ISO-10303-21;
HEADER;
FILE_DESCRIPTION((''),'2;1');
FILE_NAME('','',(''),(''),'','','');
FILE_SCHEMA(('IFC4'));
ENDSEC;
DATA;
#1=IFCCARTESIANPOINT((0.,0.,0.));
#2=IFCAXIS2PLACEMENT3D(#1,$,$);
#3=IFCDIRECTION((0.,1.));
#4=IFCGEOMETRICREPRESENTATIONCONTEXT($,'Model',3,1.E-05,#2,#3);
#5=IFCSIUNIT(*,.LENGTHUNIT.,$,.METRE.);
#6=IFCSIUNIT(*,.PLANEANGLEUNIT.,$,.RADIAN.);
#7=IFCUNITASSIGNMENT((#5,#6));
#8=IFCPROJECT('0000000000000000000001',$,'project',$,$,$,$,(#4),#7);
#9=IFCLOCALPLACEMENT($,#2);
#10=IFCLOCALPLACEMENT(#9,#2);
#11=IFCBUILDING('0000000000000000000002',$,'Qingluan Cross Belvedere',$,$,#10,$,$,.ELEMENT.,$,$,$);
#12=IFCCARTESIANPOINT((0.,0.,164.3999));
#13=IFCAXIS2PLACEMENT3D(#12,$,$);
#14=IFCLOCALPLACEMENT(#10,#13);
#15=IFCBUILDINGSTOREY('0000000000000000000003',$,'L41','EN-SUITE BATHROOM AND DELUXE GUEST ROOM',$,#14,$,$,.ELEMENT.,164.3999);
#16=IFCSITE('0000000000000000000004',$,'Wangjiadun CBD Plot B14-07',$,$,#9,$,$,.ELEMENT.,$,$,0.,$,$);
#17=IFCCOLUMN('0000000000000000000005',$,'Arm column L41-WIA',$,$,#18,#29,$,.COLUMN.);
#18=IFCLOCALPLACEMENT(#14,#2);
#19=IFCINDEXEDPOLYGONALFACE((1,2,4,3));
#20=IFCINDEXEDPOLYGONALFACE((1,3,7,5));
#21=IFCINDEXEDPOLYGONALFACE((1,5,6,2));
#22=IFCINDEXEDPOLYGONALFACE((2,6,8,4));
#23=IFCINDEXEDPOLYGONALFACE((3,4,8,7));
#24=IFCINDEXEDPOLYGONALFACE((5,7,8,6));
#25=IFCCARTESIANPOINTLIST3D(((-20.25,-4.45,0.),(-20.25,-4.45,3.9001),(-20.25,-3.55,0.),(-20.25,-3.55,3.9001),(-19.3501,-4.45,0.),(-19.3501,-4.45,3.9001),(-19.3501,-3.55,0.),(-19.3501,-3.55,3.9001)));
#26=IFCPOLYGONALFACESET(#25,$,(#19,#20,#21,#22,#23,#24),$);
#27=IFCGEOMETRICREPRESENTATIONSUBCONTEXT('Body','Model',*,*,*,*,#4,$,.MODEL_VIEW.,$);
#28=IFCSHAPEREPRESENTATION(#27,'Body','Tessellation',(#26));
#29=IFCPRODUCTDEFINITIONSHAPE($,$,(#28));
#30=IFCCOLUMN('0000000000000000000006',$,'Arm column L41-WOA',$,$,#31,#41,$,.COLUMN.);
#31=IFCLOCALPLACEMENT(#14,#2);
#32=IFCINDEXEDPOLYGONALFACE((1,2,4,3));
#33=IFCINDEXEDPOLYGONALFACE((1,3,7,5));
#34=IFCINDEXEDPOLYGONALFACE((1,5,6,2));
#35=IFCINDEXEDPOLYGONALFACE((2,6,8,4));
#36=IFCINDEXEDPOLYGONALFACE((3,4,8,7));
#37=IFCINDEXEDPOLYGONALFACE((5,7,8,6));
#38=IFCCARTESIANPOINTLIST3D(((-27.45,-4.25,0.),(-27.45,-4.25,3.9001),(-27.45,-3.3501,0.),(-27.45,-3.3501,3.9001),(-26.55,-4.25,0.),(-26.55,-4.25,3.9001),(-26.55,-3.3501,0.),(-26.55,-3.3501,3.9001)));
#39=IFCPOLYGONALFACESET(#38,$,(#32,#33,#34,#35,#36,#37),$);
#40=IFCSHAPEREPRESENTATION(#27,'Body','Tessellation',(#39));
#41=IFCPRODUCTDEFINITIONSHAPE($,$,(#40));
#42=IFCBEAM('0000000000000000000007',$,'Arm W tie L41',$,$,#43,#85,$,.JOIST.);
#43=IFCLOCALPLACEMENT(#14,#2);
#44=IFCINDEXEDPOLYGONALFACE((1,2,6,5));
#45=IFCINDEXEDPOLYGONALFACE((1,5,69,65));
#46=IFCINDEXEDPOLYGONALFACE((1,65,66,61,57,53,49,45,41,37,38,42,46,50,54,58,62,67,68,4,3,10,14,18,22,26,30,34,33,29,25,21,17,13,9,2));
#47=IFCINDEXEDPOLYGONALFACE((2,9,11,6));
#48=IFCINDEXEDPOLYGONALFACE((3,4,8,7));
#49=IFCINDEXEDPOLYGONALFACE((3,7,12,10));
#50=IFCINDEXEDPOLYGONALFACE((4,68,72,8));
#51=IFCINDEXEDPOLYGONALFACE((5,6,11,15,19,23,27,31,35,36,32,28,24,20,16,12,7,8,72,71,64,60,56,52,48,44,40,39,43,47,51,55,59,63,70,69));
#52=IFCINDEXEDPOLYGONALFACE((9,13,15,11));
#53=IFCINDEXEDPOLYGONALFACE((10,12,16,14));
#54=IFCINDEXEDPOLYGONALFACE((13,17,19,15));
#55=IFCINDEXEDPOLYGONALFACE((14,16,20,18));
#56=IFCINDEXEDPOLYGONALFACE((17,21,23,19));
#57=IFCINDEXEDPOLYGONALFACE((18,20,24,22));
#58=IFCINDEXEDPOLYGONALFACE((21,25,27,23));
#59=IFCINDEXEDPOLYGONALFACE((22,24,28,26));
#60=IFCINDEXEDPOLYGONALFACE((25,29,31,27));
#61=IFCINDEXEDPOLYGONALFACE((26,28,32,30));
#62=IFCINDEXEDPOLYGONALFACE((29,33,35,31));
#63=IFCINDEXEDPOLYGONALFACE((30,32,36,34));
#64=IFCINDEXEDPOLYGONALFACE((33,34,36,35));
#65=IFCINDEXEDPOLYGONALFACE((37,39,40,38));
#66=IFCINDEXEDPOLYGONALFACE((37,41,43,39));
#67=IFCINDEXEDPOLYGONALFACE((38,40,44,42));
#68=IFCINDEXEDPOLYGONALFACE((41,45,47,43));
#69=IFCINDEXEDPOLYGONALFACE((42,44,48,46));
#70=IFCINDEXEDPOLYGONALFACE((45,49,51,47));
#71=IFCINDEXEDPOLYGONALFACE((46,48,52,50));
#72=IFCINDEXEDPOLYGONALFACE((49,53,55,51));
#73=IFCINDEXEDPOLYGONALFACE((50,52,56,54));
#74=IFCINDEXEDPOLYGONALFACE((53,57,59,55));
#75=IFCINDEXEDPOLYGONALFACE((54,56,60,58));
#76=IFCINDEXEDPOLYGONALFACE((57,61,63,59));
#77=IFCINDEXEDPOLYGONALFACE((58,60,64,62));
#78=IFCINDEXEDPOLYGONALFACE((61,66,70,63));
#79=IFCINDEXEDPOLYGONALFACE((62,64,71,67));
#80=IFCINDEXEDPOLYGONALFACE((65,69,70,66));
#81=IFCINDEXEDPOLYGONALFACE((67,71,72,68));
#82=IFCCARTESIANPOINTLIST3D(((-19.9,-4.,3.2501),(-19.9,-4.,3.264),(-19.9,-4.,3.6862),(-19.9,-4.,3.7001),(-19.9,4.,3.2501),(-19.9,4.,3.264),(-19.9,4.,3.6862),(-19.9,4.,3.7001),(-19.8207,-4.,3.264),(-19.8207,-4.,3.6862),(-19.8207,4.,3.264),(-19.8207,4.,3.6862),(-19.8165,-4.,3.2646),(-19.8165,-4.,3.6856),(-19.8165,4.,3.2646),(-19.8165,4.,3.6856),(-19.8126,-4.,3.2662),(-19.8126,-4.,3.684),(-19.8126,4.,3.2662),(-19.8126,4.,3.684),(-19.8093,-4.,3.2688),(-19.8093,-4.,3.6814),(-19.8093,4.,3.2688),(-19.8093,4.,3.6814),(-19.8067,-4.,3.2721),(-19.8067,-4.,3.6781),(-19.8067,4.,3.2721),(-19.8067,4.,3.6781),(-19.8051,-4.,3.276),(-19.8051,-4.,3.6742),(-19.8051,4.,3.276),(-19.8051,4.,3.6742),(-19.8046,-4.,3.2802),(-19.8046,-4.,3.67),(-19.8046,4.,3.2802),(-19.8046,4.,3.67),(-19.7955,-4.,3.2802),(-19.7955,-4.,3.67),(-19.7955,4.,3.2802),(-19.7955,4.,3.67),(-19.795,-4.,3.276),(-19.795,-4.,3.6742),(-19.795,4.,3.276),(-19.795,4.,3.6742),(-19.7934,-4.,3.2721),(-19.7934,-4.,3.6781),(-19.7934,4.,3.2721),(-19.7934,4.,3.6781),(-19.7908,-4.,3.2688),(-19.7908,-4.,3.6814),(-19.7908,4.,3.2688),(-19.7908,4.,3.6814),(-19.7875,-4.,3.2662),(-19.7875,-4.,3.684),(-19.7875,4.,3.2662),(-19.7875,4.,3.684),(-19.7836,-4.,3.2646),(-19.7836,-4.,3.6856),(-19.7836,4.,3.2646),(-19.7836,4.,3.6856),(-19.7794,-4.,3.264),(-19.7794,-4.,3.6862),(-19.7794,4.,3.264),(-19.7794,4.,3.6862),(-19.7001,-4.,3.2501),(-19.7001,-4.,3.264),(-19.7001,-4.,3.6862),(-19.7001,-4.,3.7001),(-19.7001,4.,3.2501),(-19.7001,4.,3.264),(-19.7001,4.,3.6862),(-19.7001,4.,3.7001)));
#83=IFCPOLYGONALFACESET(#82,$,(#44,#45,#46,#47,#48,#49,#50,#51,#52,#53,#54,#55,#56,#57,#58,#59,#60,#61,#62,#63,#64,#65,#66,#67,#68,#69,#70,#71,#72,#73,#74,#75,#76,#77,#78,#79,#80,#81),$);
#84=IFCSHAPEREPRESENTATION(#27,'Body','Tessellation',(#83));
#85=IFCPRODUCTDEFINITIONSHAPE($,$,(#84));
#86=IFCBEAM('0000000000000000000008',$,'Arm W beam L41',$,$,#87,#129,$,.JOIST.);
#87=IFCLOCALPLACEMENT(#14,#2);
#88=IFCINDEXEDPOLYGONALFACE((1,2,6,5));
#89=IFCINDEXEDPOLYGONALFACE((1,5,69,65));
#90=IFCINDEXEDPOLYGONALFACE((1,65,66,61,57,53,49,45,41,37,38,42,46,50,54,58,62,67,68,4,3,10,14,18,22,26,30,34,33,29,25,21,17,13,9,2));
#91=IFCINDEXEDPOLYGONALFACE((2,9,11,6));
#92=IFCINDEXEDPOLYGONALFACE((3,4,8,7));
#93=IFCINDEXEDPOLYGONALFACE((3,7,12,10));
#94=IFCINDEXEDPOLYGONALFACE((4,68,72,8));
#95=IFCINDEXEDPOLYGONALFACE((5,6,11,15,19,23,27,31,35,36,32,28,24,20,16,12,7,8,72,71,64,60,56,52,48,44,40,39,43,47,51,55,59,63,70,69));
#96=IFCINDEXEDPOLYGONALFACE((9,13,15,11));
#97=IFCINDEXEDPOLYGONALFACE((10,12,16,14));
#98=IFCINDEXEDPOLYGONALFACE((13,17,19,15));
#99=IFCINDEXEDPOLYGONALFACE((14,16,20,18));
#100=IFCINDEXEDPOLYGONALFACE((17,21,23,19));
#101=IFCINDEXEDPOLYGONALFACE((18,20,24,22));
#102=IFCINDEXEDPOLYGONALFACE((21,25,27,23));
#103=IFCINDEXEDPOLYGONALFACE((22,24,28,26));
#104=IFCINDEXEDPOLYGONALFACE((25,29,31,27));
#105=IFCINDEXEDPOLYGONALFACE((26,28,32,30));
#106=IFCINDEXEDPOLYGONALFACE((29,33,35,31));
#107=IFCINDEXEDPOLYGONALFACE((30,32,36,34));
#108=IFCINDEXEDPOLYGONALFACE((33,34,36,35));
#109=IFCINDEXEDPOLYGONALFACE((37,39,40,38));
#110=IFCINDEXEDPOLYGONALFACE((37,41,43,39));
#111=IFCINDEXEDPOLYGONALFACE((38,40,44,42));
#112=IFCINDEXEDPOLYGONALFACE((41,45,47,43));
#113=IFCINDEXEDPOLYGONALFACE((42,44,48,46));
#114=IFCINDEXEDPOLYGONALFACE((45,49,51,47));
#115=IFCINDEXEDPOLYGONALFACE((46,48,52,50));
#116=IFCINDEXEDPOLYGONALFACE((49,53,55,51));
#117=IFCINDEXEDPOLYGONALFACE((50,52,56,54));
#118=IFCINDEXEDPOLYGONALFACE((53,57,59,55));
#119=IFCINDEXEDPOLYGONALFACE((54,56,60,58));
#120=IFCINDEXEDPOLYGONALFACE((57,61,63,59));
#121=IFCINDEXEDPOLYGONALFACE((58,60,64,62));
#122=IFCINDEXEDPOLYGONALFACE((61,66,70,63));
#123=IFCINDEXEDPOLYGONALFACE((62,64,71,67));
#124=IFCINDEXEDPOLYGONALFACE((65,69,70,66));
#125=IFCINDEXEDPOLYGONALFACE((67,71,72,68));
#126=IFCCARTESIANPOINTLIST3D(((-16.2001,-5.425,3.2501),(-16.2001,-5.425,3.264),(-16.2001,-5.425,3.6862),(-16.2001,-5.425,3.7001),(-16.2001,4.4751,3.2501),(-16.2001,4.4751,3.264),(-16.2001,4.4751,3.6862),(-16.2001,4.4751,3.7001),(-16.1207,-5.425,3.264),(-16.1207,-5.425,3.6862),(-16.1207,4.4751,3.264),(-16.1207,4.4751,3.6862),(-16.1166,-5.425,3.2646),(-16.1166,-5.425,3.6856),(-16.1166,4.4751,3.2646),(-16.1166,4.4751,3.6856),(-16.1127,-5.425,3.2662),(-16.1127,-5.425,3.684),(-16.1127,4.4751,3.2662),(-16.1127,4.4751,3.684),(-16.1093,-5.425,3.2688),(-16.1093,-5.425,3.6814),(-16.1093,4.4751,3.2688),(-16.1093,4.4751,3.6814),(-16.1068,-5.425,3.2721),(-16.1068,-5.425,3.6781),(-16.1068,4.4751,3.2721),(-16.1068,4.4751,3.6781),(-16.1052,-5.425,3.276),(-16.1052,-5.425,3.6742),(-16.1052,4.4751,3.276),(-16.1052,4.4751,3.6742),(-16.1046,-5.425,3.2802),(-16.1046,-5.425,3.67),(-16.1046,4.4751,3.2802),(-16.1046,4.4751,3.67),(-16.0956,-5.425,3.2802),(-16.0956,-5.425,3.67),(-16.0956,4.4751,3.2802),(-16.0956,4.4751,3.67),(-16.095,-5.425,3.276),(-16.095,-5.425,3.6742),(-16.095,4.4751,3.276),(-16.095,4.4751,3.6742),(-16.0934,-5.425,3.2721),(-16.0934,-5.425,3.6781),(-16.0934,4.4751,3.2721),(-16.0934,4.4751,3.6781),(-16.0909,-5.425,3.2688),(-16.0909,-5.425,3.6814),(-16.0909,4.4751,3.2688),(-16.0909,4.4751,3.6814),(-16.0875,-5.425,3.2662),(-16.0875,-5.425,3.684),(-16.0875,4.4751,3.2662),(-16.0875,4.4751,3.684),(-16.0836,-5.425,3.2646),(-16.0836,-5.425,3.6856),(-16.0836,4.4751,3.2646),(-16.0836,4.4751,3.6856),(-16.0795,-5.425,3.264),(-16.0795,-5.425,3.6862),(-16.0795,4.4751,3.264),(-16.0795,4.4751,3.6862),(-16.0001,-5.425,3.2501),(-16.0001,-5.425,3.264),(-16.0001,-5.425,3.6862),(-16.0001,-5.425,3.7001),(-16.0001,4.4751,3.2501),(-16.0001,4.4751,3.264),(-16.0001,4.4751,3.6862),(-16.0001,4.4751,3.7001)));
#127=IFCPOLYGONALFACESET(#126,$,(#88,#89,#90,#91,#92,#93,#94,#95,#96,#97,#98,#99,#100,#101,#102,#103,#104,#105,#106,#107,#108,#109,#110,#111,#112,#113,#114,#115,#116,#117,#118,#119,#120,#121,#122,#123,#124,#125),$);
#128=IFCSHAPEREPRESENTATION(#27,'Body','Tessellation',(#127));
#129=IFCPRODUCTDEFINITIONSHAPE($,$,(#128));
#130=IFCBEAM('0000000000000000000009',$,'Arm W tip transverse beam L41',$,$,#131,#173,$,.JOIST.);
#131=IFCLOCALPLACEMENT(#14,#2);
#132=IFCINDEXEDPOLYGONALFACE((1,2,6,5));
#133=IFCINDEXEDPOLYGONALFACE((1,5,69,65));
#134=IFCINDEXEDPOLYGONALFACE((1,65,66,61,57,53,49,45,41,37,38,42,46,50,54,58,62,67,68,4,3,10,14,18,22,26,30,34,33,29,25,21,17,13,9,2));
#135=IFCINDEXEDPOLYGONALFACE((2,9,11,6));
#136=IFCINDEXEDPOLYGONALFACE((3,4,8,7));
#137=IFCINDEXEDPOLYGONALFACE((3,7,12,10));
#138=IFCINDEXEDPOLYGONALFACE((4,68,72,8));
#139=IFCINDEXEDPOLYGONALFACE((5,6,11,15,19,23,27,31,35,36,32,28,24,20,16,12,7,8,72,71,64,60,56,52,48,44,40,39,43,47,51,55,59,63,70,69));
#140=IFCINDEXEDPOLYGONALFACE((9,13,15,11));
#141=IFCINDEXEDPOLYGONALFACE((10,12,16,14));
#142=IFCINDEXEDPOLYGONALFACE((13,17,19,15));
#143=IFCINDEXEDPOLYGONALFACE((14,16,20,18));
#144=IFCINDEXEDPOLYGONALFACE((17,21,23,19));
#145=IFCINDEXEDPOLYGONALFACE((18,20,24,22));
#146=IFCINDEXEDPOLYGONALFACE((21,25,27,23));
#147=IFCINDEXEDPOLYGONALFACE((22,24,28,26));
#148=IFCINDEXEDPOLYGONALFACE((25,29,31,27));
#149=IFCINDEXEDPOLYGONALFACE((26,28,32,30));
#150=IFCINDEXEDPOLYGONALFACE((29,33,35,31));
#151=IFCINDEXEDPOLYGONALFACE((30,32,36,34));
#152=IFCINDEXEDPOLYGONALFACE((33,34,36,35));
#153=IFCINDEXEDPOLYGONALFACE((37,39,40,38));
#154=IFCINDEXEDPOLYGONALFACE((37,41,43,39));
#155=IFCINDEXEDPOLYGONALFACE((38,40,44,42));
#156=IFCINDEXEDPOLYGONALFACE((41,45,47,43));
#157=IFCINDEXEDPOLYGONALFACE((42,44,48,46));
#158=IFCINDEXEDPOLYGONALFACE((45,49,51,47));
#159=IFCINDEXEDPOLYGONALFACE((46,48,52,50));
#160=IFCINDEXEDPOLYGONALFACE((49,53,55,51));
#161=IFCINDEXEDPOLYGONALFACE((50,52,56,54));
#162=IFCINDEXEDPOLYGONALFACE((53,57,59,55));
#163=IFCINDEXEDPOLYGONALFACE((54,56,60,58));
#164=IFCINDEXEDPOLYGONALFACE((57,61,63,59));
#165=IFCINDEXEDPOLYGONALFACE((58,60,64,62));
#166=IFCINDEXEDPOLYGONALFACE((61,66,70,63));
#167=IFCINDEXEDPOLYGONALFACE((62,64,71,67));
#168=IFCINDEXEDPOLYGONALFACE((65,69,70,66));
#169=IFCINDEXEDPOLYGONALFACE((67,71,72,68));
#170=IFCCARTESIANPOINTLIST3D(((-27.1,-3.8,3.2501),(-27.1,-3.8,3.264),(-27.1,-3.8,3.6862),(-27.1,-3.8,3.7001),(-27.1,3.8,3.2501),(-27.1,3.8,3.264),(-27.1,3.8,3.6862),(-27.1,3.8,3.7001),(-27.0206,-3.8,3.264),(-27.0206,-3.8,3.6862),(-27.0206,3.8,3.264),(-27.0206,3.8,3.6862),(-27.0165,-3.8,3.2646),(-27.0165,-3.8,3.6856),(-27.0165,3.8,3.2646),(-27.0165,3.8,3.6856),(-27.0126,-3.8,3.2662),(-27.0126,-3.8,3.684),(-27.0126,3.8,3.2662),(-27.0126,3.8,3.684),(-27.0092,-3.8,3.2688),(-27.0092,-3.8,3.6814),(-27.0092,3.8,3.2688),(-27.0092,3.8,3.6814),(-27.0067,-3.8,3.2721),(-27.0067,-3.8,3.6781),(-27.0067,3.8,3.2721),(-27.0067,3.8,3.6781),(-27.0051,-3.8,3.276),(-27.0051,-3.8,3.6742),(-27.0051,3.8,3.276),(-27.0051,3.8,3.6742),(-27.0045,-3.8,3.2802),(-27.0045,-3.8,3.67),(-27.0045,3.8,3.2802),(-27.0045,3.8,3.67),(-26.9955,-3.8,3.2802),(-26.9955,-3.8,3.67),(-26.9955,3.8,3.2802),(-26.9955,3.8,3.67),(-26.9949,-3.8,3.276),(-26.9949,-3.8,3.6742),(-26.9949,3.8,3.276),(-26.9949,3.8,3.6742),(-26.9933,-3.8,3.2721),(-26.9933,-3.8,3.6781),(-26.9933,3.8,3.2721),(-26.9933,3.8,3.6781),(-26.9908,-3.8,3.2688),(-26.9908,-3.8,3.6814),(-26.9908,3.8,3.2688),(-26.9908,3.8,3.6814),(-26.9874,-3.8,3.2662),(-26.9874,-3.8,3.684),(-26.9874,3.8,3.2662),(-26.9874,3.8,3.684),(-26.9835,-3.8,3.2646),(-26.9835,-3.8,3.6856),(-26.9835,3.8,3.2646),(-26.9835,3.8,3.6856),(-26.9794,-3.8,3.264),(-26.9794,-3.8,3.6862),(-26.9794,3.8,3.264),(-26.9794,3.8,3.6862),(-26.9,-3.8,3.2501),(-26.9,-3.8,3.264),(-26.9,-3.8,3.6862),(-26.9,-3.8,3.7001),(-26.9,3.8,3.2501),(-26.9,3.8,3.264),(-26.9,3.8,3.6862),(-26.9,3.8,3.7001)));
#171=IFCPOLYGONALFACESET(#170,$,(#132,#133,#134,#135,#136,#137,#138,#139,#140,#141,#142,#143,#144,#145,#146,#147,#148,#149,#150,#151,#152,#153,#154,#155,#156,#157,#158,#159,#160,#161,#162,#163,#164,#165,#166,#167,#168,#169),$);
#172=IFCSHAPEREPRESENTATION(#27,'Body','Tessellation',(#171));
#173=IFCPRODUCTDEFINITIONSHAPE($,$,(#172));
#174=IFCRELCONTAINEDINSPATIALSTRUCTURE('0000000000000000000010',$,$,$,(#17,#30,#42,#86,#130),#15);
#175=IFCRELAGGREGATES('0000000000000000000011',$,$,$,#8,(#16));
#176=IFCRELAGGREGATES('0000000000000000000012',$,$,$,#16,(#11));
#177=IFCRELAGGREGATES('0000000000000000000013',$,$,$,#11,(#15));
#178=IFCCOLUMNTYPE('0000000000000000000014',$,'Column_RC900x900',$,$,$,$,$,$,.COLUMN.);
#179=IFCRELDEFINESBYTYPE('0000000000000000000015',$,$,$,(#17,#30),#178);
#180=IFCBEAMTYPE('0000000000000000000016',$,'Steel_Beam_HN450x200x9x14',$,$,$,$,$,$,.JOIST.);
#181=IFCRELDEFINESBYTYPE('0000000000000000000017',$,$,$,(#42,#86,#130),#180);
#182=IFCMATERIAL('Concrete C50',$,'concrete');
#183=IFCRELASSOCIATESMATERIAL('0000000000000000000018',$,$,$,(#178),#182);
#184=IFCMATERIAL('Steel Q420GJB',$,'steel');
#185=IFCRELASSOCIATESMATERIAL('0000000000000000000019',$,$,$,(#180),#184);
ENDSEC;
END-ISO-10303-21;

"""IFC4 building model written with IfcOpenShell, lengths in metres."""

from ifc_helpers import new_model, si_unit, direction, frame, origin, origin_2d, place, context, subcontext, project, spatial, rectangle, i_section, extrude, material, material_profile, profile_set, type_object, element, save


model = new_model("IFC4")

# Units and contexts
model_context = context("Model", 3, precision=1e-05, world=origin(), true_north=direction((0.0, 1.0)))
body_context = subcontext(model_context, "Body", "Model", "MODEL_VIEW")
ifc_project = project(units=[si_unit("LENGTHUNIT", "METRE"), si_unit("PLANEANGLEUNIT", "RADIAN")], contexts=[model_context])

# Site, building, storey
site_placement = place(None, origin())
site = spatial("IfcSite", under=ifc_project, at=site_placement, Name="Wangjiadun CBD Plot B14-07", CompositionType="ELEMENT", RefElevation=0.0)
building_placement = place(site_placement, origin())
building = spatial("IfcBuilding", under=site, at=building_placement, Name="Qingluan Cross Belvedere", CompositionType="ELEMENT")
storey_placement = place(building_placement, frame((0.0, 0.0, 164.3999)))
storey = spatial("IfcBuildingStorey", under=building, at=storey_placement, Name="L41", Description="EN-SUITE BATHROOM AND DELUXE GUEST ROOM", CompositionType="ELEMENT", Elevation=164.3999)

# Columns
ifc_material_1 = material(Name="Concrete C50", Category="concrete")
ifc_material_profile_1 = material_profile(ifc_material_1, rectangle(XDim=0.8999, YDim=0.8999, at=origin_2d()), Name="RC900x900")
ifc_profile_set_1 = profile_set([ifc_material_profile_1], Name="Concrete C50")
column_type = type_object("IfcColumnType", Name="Column_RC900x900", PredefinedType="COLUMN", material=ifc_profile_set_1)
for number, where, z_axis, x_axis, name in (
    (1, (-19.8, -4.0, 0.0), (0.0, 0.0, 1.0), (1.0, 0.0, 0.0), "Arm column L41-WIA"),
    (2, (-27.0, -3.8, 0.0), (0.0, 0.0, 1.0), (1.0, 0.0, 0.0), "Arm column L41-WOA"),
):
    element("IfcColumn", number, at=place(storey_placement, frame(where, z_axis=z_axis, x_axis=x_axis)), inside=storey, type_object=column_type, Name=name, PredefinedType="COLUMN", context=body_context, shape_type="SweptSolid", body=[
        extrude(rectangle(XDim=0.8999, YDim=0.8999, at=origin_2d()), origin(), (0.0, 0.0, 1.0), 3.9001),
    ])

# Beams
ifc_material_2 = material(Name="Steel Q420GJB", Category="steel")
ifc_material_profile_2 = material_profile(ifc_material_2, i_section(OverallWidth=0.2, OverallDepth=0.45, WebThickness=0.009, FlangeThickness=0.0139, FilletRadius=0.0161, at=origin_2d()), Name="HN450x200x9x14")
ifc_profile_set_2 = profile_set([ifc_material_profile_2], Name="Steel Q420GJB")
beam_type_1 = type_object("IfcBeamType", Name="Steel_Beam_HN450x200x9x14", PredefinedType="JOIST", material=ifc_profile_set_2)
beam_1_placement = place(storey_placement, frame((-19.8, -4.0, 3.4751), z_axis=(0.0, 1.0, 0.0), x_axis=(-1.0, 0.0, 0.0)))
element("IfcBeam", 3, at=beam_1_placement, inside=storey, type_object=beam_type_1, Name="Arm W tie L41", PredefinedType="JOIST", context=body_context, shape_type="SweptSolid", body=[
    extrude(i_section(OverallWidth=0.2, OverallDepth=0.45, WebThickness=0.009, FlangeThickness=0.0139, FilletRadius=0.0161, at=origin_2d()), origin(), (0.0, 0.0, 1.0), 8.0),
])
beam_2_placement = place(storey_placement, frame((-16.1001, -5.425, 3.4751), z_axis=(0.0, 1.0, 0.0), x_axis=(-1.0, 0.0, 0.0)))
element("IfcBeam", 4, at=beam_2_placement, inside=storey, type_object=beam_type_1, Name="Arm W beam L41", PredefinedType="JOIST", context=body_context, shape_type="SweptSolid", body=[
    extrude(i_section(OverallWidth=0.2, OverallDepth=0.45, WebThickness=0.009, FlangeThickness=0.0139, FilletRadius=0.0161, at=origin_2d()), origin(), (0.0, 0.0, 1.0), 9.9001),
])
beam_3_placement = place(storey_placement, frame((-27.0, -3.8, 3.4751), z_axis=(0.0, 1.0, 0.0), x_axis=(-1.0, 0.0, 0.0)))
element("IfcBeam", 5, at=beam_3_placement, inside=storey, type_object=beam_type_1, Name="Arm W tip transverse beam L41", PredefinedType="JOIST", context=body_context, shape_type="SweptSolid", body=[
    extrude(i_section(OverallWidth=0.2, OverallDepth=0.45, WebThickness=0.009, FlangeThickness=0.0139, FilletRadius=0.0161, at=origin_2d()), origin(), (0.0, 0.0, 1.0), 7.6001),
])

save(model, "model.ifc")
